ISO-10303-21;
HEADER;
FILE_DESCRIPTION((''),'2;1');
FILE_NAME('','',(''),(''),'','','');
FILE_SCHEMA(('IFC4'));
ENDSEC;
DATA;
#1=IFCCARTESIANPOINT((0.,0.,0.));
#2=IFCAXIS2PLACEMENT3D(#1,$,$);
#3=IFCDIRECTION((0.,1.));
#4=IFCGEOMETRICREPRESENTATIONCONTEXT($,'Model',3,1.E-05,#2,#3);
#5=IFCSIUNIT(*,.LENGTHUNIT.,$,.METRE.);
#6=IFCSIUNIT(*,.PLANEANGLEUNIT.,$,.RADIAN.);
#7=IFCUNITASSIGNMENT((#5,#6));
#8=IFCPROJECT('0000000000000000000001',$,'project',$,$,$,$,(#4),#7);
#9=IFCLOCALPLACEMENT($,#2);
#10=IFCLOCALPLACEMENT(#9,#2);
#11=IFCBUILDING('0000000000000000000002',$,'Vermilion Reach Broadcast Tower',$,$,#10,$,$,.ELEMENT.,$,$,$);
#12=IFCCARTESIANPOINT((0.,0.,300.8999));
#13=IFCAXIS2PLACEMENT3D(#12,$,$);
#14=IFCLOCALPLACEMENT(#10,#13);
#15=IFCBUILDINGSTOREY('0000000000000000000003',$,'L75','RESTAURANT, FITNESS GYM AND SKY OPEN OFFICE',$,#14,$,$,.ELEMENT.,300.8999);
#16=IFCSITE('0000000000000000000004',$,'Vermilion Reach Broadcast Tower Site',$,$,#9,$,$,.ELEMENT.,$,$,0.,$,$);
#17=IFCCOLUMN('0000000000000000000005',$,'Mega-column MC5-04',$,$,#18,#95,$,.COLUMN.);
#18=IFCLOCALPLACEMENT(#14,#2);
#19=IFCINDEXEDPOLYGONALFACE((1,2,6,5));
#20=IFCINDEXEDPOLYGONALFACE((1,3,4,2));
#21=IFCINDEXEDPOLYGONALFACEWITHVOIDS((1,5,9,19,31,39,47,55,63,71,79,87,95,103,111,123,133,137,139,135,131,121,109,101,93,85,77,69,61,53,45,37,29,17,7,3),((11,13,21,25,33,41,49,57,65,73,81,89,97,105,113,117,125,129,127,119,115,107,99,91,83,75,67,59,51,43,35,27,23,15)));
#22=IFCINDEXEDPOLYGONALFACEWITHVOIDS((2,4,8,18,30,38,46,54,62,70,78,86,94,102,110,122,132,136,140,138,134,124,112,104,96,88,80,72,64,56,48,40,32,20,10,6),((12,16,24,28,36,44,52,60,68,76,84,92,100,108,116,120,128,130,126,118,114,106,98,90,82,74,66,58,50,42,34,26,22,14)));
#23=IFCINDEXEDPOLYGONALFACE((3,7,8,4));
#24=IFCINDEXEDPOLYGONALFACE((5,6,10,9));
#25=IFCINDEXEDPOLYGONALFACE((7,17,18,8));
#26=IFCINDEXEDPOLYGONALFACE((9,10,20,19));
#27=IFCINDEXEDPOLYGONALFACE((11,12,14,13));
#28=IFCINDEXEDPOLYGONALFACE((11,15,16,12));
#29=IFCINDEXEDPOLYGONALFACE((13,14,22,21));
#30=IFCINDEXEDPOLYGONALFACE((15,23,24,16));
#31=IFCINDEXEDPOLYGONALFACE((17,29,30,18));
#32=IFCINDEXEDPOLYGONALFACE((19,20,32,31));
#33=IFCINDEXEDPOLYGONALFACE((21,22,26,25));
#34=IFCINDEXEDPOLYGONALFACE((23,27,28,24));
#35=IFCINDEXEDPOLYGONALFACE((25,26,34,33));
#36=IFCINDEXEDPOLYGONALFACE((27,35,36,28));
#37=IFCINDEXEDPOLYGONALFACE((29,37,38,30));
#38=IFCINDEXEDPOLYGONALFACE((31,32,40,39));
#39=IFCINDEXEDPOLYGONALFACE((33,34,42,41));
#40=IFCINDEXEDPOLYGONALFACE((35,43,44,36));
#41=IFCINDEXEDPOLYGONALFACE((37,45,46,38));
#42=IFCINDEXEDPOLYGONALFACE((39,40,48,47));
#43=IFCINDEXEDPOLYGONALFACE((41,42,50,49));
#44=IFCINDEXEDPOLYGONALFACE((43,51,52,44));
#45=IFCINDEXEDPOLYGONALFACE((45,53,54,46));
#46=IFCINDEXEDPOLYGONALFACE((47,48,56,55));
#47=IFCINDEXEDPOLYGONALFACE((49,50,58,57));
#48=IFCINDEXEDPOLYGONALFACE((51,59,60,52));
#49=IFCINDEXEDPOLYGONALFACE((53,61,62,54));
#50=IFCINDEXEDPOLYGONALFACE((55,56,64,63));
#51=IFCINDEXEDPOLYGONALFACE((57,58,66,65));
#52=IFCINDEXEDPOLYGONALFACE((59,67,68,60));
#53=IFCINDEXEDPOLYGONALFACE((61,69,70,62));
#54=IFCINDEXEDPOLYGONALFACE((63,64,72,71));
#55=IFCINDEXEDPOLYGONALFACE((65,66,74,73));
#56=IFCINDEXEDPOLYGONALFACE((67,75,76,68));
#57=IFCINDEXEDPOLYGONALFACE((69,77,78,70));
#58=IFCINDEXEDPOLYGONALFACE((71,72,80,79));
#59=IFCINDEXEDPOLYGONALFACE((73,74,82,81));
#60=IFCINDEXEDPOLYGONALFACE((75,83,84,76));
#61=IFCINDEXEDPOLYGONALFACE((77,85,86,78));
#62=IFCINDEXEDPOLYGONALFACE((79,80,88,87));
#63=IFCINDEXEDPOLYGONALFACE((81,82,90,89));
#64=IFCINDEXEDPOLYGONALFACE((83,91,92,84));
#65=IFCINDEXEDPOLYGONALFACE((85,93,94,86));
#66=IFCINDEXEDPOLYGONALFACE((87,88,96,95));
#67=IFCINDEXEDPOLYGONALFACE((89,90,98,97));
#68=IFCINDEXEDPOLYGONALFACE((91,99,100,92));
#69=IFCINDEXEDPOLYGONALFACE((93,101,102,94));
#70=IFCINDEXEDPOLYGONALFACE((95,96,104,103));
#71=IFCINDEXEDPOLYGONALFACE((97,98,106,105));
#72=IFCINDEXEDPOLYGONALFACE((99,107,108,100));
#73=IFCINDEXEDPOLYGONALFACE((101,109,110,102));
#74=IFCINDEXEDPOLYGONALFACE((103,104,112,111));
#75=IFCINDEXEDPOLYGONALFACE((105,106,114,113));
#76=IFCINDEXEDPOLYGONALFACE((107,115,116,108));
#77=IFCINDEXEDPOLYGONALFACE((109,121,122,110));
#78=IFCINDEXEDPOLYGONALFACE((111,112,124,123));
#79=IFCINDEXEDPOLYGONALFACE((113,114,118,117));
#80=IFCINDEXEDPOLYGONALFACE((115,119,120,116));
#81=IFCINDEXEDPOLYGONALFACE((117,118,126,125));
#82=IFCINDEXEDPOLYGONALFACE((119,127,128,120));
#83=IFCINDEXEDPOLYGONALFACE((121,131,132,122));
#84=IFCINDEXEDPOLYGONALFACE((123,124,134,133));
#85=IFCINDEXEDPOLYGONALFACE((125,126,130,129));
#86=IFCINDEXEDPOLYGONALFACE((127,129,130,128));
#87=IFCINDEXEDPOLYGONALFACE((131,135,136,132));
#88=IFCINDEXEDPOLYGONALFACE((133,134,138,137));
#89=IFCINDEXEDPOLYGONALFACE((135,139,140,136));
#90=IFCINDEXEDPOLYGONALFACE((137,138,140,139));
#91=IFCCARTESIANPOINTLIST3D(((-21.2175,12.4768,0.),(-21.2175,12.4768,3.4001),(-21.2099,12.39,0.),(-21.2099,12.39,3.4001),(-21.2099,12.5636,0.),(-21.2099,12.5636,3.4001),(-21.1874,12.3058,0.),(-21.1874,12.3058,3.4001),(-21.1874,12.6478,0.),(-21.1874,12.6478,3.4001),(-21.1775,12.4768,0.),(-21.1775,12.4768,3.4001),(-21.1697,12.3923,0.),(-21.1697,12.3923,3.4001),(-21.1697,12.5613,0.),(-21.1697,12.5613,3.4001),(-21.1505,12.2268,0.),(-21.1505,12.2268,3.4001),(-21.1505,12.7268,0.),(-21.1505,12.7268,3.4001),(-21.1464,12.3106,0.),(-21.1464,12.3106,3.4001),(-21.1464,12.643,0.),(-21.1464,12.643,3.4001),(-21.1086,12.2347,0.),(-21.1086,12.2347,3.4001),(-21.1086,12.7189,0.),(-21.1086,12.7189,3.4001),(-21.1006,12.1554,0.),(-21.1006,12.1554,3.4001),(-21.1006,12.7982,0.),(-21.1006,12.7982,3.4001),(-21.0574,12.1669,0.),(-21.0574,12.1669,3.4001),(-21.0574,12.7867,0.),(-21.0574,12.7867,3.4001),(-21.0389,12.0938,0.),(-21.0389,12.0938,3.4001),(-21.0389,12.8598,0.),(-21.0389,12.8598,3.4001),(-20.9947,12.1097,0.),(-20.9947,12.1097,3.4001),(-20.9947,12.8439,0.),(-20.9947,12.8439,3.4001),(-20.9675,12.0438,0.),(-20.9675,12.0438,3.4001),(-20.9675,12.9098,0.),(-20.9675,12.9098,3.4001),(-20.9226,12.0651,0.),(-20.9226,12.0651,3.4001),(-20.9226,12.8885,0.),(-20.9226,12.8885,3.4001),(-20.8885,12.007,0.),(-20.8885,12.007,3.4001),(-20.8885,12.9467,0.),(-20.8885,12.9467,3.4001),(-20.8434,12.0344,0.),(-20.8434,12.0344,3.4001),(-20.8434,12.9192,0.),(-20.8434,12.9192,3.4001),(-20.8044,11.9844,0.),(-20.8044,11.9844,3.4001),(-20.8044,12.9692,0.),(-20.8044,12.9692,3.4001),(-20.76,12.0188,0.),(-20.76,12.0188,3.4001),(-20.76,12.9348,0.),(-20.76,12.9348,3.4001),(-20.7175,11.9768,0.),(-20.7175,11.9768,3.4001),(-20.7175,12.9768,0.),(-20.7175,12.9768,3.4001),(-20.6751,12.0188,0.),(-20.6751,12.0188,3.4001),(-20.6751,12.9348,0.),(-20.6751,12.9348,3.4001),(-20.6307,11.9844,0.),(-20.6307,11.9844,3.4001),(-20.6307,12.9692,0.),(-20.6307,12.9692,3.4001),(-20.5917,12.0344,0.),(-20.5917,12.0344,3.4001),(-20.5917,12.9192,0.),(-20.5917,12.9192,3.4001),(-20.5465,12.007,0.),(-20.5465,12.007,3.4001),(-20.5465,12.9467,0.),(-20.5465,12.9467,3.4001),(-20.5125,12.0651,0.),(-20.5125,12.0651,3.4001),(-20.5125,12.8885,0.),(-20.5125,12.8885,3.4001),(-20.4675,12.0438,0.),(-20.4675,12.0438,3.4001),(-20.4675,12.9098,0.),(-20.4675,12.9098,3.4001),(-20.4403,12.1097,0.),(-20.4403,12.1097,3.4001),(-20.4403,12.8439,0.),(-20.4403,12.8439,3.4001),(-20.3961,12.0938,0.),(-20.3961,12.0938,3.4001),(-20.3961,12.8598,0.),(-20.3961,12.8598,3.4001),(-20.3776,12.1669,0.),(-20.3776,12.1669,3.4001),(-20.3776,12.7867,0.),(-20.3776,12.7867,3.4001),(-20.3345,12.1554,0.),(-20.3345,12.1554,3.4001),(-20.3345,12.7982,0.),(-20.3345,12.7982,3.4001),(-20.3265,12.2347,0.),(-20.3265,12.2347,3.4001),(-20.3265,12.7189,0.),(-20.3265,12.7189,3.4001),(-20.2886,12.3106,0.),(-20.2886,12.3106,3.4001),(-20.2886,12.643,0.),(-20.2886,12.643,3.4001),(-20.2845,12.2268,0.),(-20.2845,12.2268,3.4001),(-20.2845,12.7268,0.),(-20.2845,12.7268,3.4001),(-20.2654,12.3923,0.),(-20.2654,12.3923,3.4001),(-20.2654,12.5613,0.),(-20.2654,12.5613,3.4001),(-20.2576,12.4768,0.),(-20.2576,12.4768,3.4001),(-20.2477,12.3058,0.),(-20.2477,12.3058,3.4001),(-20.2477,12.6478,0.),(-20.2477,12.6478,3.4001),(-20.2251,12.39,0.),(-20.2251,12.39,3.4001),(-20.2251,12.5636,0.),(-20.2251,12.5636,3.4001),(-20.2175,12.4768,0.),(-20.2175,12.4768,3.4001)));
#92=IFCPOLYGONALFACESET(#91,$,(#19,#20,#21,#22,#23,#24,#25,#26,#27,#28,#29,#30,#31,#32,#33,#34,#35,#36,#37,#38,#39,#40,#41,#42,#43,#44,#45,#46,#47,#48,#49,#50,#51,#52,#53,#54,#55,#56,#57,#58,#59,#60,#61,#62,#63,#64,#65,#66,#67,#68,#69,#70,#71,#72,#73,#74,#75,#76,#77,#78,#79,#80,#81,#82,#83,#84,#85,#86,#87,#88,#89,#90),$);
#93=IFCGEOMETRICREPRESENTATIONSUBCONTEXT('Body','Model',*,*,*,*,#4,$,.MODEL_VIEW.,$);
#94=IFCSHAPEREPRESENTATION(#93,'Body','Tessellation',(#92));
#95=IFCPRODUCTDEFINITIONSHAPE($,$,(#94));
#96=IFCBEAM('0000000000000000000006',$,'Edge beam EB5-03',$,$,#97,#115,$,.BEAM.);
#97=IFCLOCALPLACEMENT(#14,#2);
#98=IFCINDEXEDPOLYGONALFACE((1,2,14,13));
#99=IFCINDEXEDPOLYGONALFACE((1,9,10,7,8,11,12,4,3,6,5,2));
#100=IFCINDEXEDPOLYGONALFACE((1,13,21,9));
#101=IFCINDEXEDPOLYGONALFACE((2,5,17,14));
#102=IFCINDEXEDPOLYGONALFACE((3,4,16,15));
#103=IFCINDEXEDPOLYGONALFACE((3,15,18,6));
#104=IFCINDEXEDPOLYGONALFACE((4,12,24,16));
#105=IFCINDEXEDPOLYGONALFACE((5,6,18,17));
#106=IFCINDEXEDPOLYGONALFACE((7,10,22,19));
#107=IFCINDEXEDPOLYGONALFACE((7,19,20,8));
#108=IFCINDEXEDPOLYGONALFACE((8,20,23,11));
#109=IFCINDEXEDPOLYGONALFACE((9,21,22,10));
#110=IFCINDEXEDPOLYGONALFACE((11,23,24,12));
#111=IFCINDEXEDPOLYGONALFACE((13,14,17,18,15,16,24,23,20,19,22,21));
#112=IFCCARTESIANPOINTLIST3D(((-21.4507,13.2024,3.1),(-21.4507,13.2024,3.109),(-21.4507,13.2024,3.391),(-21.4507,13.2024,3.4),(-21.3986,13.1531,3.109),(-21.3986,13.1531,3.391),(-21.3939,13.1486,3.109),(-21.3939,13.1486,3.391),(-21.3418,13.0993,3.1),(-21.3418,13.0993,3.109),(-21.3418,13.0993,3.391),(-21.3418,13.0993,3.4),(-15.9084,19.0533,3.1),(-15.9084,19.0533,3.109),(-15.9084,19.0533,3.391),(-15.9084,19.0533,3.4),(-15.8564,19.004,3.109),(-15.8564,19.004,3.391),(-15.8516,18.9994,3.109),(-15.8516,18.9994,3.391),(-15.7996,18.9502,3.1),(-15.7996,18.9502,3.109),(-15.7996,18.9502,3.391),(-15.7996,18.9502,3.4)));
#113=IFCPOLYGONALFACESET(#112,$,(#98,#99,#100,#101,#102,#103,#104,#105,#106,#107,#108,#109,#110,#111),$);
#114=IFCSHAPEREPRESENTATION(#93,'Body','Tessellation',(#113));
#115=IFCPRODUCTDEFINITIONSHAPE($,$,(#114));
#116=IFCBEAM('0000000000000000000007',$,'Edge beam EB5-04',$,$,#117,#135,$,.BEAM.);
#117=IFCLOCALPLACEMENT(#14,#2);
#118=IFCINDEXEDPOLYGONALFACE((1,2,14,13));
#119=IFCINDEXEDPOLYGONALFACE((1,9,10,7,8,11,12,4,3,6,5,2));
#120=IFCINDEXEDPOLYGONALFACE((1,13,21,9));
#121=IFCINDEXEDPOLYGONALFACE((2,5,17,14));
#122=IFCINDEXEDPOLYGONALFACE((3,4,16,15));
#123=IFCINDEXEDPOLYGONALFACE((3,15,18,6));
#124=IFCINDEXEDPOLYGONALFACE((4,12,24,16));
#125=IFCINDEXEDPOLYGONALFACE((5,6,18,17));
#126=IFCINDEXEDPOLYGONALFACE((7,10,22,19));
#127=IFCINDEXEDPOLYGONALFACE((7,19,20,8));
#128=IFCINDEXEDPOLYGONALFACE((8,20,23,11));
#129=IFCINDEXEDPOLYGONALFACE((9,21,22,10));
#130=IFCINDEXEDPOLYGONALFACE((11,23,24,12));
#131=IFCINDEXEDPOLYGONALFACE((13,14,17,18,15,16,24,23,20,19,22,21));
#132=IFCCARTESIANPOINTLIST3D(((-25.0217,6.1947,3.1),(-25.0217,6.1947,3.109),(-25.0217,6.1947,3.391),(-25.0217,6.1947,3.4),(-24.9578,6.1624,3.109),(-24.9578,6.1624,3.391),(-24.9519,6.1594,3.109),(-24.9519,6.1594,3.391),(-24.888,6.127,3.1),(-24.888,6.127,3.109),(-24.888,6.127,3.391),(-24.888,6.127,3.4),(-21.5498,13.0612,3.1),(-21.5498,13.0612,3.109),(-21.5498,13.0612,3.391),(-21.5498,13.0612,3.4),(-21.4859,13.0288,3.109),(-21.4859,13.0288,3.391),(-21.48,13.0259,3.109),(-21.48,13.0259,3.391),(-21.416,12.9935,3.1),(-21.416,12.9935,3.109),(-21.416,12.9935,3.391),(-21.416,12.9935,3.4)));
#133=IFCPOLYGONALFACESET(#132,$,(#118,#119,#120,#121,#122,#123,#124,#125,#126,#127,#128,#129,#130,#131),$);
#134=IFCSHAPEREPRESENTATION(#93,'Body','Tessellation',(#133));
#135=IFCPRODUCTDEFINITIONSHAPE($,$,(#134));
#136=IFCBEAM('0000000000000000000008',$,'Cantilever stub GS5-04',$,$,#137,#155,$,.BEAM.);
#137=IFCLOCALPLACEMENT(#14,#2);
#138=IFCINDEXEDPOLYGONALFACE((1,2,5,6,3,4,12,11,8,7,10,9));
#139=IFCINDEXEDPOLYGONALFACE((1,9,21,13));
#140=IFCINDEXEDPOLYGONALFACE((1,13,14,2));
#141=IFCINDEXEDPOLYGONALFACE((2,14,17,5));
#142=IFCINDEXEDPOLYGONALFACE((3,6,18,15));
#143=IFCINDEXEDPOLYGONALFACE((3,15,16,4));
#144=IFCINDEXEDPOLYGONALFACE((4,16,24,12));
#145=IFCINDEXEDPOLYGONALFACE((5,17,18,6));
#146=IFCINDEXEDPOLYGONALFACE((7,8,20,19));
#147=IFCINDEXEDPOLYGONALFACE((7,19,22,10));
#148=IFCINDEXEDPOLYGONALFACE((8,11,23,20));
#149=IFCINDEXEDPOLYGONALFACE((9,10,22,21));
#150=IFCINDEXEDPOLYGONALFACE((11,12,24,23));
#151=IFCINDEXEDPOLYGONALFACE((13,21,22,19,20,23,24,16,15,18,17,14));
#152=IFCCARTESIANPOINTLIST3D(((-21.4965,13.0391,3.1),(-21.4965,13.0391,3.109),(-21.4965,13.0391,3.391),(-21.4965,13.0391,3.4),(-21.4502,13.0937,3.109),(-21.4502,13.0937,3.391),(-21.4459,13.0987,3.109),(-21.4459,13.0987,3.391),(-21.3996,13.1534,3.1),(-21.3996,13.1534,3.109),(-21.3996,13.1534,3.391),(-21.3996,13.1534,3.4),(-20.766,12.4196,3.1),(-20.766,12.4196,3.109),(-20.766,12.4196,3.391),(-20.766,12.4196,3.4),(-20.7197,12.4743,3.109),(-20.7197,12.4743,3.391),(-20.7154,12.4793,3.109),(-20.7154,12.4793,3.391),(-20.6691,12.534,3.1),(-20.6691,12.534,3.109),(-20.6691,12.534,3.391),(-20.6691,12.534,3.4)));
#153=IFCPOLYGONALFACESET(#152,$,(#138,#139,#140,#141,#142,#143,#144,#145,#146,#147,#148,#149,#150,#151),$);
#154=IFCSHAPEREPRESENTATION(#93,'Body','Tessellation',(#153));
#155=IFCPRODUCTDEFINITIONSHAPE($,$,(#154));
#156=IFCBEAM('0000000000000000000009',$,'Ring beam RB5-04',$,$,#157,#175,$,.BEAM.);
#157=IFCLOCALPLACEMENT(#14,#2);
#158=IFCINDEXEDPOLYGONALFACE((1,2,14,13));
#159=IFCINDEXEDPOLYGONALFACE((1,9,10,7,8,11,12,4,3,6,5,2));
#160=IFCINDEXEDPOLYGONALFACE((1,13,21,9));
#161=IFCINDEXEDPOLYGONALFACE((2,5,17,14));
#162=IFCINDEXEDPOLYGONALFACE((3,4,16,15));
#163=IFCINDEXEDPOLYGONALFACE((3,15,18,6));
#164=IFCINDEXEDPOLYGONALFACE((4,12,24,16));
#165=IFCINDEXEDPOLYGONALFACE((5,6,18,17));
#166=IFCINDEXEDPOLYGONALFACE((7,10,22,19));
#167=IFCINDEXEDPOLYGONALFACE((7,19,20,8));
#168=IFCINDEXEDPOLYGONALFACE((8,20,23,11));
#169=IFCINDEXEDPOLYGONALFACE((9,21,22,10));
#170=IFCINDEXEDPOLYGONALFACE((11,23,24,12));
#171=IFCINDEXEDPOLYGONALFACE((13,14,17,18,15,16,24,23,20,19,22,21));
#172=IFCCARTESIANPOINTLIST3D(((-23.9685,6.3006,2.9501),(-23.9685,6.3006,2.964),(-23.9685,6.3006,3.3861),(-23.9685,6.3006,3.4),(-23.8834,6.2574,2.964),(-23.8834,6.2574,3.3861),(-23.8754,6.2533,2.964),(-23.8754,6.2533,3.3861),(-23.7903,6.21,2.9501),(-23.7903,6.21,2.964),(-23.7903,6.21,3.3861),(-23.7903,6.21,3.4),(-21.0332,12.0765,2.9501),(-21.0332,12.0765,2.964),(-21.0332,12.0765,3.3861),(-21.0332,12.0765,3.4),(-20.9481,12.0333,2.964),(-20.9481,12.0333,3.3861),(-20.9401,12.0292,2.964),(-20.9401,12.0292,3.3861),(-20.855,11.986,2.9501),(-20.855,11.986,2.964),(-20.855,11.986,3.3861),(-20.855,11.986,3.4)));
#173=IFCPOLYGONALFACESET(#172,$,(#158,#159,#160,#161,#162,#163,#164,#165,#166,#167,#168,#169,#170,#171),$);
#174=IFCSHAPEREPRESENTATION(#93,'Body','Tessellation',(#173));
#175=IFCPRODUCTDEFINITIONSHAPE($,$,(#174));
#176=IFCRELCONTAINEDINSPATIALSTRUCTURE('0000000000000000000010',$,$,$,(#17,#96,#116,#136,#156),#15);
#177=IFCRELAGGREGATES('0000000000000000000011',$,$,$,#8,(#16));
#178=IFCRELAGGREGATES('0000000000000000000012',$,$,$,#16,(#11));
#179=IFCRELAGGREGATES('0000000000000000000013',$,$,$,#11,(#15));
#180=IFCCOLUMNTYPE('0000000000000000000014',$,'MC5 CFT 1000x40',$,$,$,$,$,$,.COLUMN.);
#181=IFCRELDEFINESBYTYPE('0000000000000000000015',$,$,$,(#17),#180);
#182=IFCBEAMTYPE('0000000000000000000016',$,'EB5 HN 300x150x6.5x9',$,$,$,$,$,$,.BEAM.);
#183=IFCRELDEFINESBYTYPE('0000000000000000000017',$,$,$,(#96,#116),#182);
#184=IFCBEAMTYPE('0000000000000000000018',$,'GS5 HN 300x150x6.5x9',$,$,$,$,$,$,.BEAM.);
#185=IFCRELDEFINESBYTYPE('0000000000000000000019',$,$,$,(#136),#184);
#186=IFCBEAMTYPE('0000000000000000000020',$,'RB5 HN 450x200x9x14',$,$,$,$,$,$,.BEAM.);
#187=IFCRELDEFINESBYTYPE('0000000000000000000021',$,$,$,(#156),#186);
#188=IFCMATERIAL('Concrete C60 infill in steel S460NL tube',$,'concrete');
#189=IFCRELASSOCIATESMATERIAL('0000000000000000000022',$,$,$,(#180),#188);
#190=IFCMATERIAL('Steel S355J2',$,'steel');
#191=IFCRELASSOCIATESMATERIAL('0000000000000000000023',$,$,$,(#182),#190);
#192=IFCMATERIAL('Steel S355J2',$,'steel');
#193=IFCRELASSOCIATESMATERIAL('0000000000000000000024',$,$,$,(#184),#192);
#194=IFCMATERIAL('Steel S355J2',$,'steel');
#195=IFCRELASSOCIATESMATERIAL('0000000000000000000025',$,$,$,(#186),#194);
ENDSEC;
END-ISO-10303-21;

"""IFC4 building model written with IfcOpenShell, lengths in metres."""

from ifc_helpers import new_model, si_unit, direction, frame, origin, origin_2d, place, context, subcontext, project, spatial, hollow_circle, i_section, extrude, material, material_profile, profile_set, type_object, element, save


model = new_model("IFC4")

# Units and contexts
model_context = context("Model", 3, precision=1e-05, world=origin(), true_north=direction((0.0, 1.0)))
body_context = subcontext(model_context, "Body", "Model", "MODEL_VIEW")
ifc_project = project(units=[si_unit("LENGTHUNIT", "METRE"), si_unit("PLANEANGLEUNIT", "RADIAN")], contexts=[model_context])

# Site, building, storey
site_placement = place(None, origin())
site = spatial("IfcSite", under=ifc_project, at=site_placement, Name="Vermilion Reach Broadcast Tower Site", CompositionType="ELEMENT", RefElevation=0.0)
building_placement = place(site_placement, origin())
building = spatial("IfcBuilding", under=site, at=building_placement, Name="Vermilion Reach Broadcast Tower", CompositionType="ELEMENT")
storey_placement = place(building_placement, frame((0.0, 0.0, 300.8999)))
storey = spatial("IfcBuildingStorey", under=building, at=storey_placement, Name="L75", Description="RESTAURANT, FITNESS GYM AND SKY OPEN OFFICE", CompositionType="ELEMENT", Elevation=300.8999)

# Column
ifc_material_1 = material(Name="Concrete C60 infill in steel S460NL tube", Category="concrete")
ifc_material_profile_1 = material_profile(ifc_material_1, hollow_circle(Radius=0.5, WallThickness=0.04, at=origin_2d()), Name="Concrete C60 infill in steel S460NL tube CFT 1000x40")
ifc_profile_set_1 = profile_set([ifc_material_profile_1], Name="Concrete C60 infill in steel S460NL tube")
column_type = type_object("IfcColumnType", Name="MC5 CFT 1000x40", PredefinedType="COLUMN", material=ifc_profile_set_1)
column_placement = place(storey_placement, frame((-20.7175, 12.4768, 0.0), z_axis=(0.0, 0.0, 1.0), x_axis=(1.0, 0.0, 0.0)))
element("IfcColumn", 1, at=column_placement, inside=storey, type_object=column_type, Name="Mega-column MC5-04", PredefinedType="COLUMN", context=body_context, shape_type="SweptSolid", body=[
    extrude(hollow_circle(Radius=0.5, WallThickness=0.04, at=origin_2d()), origin(), (0.0, 0.0, 1.0), 3.4001),
])

# Beams
ifc_material_2 = material(Name="Steel S355J2", Category="steel")
ifc_material_profile_2 = material_profile(ifc_material_2, i_section(OverallWidth=0.1499, OverallDepth=0.3, WebThickness=0.0066, FlangeThickness=0.009, at=origin_2d()), Name="S355J2 HN 300x150x6.5x9")
ifc_profile_set_2 = profile_set([ifc_material_profile_2], Name="Steel S355J2")
beam_type_1 = type_object("IfcBeamType", Name="EB5 HN 300x150x6.5x9", PredefinedType="BEAM", material=ifc_profile_set_2)
beam_1_placement = place(storey_placement, frame((-15.854, 19.0017, 3.25), z_axis=(-0.687702, -0.725993, 0.0), x_axis=(0.725993, -0.687702, 0.0)))
element("IfcBeam", 2, at=beam_1_placement, inside=storey, type_object=beam_type_1, Name="Edge beam EB5-03", PredefinedType="BEAM", context=body_context, shape_type="SweptSolid", body=[
    extrude(i_section(OverallWidth=0.1499, OverallDepth=0.3, WebThickness=0.0066, FlangeThickness=0.009, at=origin_2d()), origin(), (0.0, 0.0, 1.0), 8.0591),
])
beam_2_placement = place(storey_placement, frame((-21.4829, 13.0273, 3.25), z_axis=(-0.451232, -0.892406, 0.0), x_axis=(0.892406, -0.451232, 0.0)))
element("IfcBeam", 3, at=beam_2_placement, inside=storey, type_object=beam_type_1, Name="Edge beam EB5-04", PredefinedType="BEAM", context=body_context, shape_type="SweptSolid", body=[
    extrude(i_section(OverallWidth=0.1499, OverallDepth=0.3, WebThickness=0.0066, FlangeThickness=0.009, at=origin_2d()), origin(), (0.0, 0.0, 1.0), 7.6943),
])
ifc_material_3 = material(Name="Steel S355J2", Category="steel")
ifc_material_profile_3 = material_profile(ifc_material_3, i_section(OverallWidth=0.1499, OverallDepth=0.3, WebThickness=0.0066, FlangeThickness=0.009, at=origin_2d()), Name="S355J2 HN 300x150x6.5x9")
ifc_profile_set_3 = profile_set([ifc_material_profile_3], Name="Steel S355J2")
beam_type_2 = type_object("IfcBeamType", Name="GS5 HN 300x150x6.5x9", PredefinedType="BEAM", material=ifc_profile_set_3)
beam_3_placement = place(storey_placement, frame((-20.7175, 12.4768, 3.25), z_axis=(-0.762719, 0.64673, 0.0), x_axis=(-0.64673, -0.762719, 0.0)))
element("IfcBeam", 4, at=beam_3_placement, inside=storey, type_object=beam_type_2, Name="Cantilever stub GS5-04", PredefinedType="BEAM", context=body_context, shape_type="SweptSolid", body=[
    extrude(i_section(OverallWidth=0.1499, OverallDepth=0.3, WebThickness=0.0066, FlangeThickness=0.009, at=origin_2d()), origin(), (0.0, 0.0, 1.0), 0.9578),
])
ifc_material_4 = material(Name="Steel S355J2", Category="steel")
ifc_material_profile_4 = material_profile(ifc_material_4, i_section(OverallWidth=0.2, OverallDepth=0.45, WebThickness=0.009, FlangeThickness=0.0139, at=origin_2d()), Name="S355J2 HN 450x200x9x14")
ifc_profile_set_4 = profile_set([ifc_material_profile_4], Name="Steel S355J2")
beam_type_3 = type_object("IfcBeamType", Name="RB5 HN 450x200x9x14", PredefinedType="BEAM", material=ifc_profile_set_4)
beam_4_placement = place(storey_placement, frame((-20.9441, 12.0312, 3.175), z_axis=(-0.453052, -0.891484, 0.0), x_axis=(0.891484, -0.453052, 0.0)))
element("IfcBeam", 5, at=beam_4_placement, inside=storey, type_object=beam_type_3, Name="Ring beam RB5-04", PredefinedType="BEAM", context=body_context, shape_type="SweptSolid", body=[
    extrude(i_section(OverallWidth=0.2, OverallDepth=0.45, WebThickness=0.009, FlangeThickness=0.0139, at=origin_2d()), origin(), (0.0, 0.0, 1.0), 6.479),
])

save(model, "model.ifc")
